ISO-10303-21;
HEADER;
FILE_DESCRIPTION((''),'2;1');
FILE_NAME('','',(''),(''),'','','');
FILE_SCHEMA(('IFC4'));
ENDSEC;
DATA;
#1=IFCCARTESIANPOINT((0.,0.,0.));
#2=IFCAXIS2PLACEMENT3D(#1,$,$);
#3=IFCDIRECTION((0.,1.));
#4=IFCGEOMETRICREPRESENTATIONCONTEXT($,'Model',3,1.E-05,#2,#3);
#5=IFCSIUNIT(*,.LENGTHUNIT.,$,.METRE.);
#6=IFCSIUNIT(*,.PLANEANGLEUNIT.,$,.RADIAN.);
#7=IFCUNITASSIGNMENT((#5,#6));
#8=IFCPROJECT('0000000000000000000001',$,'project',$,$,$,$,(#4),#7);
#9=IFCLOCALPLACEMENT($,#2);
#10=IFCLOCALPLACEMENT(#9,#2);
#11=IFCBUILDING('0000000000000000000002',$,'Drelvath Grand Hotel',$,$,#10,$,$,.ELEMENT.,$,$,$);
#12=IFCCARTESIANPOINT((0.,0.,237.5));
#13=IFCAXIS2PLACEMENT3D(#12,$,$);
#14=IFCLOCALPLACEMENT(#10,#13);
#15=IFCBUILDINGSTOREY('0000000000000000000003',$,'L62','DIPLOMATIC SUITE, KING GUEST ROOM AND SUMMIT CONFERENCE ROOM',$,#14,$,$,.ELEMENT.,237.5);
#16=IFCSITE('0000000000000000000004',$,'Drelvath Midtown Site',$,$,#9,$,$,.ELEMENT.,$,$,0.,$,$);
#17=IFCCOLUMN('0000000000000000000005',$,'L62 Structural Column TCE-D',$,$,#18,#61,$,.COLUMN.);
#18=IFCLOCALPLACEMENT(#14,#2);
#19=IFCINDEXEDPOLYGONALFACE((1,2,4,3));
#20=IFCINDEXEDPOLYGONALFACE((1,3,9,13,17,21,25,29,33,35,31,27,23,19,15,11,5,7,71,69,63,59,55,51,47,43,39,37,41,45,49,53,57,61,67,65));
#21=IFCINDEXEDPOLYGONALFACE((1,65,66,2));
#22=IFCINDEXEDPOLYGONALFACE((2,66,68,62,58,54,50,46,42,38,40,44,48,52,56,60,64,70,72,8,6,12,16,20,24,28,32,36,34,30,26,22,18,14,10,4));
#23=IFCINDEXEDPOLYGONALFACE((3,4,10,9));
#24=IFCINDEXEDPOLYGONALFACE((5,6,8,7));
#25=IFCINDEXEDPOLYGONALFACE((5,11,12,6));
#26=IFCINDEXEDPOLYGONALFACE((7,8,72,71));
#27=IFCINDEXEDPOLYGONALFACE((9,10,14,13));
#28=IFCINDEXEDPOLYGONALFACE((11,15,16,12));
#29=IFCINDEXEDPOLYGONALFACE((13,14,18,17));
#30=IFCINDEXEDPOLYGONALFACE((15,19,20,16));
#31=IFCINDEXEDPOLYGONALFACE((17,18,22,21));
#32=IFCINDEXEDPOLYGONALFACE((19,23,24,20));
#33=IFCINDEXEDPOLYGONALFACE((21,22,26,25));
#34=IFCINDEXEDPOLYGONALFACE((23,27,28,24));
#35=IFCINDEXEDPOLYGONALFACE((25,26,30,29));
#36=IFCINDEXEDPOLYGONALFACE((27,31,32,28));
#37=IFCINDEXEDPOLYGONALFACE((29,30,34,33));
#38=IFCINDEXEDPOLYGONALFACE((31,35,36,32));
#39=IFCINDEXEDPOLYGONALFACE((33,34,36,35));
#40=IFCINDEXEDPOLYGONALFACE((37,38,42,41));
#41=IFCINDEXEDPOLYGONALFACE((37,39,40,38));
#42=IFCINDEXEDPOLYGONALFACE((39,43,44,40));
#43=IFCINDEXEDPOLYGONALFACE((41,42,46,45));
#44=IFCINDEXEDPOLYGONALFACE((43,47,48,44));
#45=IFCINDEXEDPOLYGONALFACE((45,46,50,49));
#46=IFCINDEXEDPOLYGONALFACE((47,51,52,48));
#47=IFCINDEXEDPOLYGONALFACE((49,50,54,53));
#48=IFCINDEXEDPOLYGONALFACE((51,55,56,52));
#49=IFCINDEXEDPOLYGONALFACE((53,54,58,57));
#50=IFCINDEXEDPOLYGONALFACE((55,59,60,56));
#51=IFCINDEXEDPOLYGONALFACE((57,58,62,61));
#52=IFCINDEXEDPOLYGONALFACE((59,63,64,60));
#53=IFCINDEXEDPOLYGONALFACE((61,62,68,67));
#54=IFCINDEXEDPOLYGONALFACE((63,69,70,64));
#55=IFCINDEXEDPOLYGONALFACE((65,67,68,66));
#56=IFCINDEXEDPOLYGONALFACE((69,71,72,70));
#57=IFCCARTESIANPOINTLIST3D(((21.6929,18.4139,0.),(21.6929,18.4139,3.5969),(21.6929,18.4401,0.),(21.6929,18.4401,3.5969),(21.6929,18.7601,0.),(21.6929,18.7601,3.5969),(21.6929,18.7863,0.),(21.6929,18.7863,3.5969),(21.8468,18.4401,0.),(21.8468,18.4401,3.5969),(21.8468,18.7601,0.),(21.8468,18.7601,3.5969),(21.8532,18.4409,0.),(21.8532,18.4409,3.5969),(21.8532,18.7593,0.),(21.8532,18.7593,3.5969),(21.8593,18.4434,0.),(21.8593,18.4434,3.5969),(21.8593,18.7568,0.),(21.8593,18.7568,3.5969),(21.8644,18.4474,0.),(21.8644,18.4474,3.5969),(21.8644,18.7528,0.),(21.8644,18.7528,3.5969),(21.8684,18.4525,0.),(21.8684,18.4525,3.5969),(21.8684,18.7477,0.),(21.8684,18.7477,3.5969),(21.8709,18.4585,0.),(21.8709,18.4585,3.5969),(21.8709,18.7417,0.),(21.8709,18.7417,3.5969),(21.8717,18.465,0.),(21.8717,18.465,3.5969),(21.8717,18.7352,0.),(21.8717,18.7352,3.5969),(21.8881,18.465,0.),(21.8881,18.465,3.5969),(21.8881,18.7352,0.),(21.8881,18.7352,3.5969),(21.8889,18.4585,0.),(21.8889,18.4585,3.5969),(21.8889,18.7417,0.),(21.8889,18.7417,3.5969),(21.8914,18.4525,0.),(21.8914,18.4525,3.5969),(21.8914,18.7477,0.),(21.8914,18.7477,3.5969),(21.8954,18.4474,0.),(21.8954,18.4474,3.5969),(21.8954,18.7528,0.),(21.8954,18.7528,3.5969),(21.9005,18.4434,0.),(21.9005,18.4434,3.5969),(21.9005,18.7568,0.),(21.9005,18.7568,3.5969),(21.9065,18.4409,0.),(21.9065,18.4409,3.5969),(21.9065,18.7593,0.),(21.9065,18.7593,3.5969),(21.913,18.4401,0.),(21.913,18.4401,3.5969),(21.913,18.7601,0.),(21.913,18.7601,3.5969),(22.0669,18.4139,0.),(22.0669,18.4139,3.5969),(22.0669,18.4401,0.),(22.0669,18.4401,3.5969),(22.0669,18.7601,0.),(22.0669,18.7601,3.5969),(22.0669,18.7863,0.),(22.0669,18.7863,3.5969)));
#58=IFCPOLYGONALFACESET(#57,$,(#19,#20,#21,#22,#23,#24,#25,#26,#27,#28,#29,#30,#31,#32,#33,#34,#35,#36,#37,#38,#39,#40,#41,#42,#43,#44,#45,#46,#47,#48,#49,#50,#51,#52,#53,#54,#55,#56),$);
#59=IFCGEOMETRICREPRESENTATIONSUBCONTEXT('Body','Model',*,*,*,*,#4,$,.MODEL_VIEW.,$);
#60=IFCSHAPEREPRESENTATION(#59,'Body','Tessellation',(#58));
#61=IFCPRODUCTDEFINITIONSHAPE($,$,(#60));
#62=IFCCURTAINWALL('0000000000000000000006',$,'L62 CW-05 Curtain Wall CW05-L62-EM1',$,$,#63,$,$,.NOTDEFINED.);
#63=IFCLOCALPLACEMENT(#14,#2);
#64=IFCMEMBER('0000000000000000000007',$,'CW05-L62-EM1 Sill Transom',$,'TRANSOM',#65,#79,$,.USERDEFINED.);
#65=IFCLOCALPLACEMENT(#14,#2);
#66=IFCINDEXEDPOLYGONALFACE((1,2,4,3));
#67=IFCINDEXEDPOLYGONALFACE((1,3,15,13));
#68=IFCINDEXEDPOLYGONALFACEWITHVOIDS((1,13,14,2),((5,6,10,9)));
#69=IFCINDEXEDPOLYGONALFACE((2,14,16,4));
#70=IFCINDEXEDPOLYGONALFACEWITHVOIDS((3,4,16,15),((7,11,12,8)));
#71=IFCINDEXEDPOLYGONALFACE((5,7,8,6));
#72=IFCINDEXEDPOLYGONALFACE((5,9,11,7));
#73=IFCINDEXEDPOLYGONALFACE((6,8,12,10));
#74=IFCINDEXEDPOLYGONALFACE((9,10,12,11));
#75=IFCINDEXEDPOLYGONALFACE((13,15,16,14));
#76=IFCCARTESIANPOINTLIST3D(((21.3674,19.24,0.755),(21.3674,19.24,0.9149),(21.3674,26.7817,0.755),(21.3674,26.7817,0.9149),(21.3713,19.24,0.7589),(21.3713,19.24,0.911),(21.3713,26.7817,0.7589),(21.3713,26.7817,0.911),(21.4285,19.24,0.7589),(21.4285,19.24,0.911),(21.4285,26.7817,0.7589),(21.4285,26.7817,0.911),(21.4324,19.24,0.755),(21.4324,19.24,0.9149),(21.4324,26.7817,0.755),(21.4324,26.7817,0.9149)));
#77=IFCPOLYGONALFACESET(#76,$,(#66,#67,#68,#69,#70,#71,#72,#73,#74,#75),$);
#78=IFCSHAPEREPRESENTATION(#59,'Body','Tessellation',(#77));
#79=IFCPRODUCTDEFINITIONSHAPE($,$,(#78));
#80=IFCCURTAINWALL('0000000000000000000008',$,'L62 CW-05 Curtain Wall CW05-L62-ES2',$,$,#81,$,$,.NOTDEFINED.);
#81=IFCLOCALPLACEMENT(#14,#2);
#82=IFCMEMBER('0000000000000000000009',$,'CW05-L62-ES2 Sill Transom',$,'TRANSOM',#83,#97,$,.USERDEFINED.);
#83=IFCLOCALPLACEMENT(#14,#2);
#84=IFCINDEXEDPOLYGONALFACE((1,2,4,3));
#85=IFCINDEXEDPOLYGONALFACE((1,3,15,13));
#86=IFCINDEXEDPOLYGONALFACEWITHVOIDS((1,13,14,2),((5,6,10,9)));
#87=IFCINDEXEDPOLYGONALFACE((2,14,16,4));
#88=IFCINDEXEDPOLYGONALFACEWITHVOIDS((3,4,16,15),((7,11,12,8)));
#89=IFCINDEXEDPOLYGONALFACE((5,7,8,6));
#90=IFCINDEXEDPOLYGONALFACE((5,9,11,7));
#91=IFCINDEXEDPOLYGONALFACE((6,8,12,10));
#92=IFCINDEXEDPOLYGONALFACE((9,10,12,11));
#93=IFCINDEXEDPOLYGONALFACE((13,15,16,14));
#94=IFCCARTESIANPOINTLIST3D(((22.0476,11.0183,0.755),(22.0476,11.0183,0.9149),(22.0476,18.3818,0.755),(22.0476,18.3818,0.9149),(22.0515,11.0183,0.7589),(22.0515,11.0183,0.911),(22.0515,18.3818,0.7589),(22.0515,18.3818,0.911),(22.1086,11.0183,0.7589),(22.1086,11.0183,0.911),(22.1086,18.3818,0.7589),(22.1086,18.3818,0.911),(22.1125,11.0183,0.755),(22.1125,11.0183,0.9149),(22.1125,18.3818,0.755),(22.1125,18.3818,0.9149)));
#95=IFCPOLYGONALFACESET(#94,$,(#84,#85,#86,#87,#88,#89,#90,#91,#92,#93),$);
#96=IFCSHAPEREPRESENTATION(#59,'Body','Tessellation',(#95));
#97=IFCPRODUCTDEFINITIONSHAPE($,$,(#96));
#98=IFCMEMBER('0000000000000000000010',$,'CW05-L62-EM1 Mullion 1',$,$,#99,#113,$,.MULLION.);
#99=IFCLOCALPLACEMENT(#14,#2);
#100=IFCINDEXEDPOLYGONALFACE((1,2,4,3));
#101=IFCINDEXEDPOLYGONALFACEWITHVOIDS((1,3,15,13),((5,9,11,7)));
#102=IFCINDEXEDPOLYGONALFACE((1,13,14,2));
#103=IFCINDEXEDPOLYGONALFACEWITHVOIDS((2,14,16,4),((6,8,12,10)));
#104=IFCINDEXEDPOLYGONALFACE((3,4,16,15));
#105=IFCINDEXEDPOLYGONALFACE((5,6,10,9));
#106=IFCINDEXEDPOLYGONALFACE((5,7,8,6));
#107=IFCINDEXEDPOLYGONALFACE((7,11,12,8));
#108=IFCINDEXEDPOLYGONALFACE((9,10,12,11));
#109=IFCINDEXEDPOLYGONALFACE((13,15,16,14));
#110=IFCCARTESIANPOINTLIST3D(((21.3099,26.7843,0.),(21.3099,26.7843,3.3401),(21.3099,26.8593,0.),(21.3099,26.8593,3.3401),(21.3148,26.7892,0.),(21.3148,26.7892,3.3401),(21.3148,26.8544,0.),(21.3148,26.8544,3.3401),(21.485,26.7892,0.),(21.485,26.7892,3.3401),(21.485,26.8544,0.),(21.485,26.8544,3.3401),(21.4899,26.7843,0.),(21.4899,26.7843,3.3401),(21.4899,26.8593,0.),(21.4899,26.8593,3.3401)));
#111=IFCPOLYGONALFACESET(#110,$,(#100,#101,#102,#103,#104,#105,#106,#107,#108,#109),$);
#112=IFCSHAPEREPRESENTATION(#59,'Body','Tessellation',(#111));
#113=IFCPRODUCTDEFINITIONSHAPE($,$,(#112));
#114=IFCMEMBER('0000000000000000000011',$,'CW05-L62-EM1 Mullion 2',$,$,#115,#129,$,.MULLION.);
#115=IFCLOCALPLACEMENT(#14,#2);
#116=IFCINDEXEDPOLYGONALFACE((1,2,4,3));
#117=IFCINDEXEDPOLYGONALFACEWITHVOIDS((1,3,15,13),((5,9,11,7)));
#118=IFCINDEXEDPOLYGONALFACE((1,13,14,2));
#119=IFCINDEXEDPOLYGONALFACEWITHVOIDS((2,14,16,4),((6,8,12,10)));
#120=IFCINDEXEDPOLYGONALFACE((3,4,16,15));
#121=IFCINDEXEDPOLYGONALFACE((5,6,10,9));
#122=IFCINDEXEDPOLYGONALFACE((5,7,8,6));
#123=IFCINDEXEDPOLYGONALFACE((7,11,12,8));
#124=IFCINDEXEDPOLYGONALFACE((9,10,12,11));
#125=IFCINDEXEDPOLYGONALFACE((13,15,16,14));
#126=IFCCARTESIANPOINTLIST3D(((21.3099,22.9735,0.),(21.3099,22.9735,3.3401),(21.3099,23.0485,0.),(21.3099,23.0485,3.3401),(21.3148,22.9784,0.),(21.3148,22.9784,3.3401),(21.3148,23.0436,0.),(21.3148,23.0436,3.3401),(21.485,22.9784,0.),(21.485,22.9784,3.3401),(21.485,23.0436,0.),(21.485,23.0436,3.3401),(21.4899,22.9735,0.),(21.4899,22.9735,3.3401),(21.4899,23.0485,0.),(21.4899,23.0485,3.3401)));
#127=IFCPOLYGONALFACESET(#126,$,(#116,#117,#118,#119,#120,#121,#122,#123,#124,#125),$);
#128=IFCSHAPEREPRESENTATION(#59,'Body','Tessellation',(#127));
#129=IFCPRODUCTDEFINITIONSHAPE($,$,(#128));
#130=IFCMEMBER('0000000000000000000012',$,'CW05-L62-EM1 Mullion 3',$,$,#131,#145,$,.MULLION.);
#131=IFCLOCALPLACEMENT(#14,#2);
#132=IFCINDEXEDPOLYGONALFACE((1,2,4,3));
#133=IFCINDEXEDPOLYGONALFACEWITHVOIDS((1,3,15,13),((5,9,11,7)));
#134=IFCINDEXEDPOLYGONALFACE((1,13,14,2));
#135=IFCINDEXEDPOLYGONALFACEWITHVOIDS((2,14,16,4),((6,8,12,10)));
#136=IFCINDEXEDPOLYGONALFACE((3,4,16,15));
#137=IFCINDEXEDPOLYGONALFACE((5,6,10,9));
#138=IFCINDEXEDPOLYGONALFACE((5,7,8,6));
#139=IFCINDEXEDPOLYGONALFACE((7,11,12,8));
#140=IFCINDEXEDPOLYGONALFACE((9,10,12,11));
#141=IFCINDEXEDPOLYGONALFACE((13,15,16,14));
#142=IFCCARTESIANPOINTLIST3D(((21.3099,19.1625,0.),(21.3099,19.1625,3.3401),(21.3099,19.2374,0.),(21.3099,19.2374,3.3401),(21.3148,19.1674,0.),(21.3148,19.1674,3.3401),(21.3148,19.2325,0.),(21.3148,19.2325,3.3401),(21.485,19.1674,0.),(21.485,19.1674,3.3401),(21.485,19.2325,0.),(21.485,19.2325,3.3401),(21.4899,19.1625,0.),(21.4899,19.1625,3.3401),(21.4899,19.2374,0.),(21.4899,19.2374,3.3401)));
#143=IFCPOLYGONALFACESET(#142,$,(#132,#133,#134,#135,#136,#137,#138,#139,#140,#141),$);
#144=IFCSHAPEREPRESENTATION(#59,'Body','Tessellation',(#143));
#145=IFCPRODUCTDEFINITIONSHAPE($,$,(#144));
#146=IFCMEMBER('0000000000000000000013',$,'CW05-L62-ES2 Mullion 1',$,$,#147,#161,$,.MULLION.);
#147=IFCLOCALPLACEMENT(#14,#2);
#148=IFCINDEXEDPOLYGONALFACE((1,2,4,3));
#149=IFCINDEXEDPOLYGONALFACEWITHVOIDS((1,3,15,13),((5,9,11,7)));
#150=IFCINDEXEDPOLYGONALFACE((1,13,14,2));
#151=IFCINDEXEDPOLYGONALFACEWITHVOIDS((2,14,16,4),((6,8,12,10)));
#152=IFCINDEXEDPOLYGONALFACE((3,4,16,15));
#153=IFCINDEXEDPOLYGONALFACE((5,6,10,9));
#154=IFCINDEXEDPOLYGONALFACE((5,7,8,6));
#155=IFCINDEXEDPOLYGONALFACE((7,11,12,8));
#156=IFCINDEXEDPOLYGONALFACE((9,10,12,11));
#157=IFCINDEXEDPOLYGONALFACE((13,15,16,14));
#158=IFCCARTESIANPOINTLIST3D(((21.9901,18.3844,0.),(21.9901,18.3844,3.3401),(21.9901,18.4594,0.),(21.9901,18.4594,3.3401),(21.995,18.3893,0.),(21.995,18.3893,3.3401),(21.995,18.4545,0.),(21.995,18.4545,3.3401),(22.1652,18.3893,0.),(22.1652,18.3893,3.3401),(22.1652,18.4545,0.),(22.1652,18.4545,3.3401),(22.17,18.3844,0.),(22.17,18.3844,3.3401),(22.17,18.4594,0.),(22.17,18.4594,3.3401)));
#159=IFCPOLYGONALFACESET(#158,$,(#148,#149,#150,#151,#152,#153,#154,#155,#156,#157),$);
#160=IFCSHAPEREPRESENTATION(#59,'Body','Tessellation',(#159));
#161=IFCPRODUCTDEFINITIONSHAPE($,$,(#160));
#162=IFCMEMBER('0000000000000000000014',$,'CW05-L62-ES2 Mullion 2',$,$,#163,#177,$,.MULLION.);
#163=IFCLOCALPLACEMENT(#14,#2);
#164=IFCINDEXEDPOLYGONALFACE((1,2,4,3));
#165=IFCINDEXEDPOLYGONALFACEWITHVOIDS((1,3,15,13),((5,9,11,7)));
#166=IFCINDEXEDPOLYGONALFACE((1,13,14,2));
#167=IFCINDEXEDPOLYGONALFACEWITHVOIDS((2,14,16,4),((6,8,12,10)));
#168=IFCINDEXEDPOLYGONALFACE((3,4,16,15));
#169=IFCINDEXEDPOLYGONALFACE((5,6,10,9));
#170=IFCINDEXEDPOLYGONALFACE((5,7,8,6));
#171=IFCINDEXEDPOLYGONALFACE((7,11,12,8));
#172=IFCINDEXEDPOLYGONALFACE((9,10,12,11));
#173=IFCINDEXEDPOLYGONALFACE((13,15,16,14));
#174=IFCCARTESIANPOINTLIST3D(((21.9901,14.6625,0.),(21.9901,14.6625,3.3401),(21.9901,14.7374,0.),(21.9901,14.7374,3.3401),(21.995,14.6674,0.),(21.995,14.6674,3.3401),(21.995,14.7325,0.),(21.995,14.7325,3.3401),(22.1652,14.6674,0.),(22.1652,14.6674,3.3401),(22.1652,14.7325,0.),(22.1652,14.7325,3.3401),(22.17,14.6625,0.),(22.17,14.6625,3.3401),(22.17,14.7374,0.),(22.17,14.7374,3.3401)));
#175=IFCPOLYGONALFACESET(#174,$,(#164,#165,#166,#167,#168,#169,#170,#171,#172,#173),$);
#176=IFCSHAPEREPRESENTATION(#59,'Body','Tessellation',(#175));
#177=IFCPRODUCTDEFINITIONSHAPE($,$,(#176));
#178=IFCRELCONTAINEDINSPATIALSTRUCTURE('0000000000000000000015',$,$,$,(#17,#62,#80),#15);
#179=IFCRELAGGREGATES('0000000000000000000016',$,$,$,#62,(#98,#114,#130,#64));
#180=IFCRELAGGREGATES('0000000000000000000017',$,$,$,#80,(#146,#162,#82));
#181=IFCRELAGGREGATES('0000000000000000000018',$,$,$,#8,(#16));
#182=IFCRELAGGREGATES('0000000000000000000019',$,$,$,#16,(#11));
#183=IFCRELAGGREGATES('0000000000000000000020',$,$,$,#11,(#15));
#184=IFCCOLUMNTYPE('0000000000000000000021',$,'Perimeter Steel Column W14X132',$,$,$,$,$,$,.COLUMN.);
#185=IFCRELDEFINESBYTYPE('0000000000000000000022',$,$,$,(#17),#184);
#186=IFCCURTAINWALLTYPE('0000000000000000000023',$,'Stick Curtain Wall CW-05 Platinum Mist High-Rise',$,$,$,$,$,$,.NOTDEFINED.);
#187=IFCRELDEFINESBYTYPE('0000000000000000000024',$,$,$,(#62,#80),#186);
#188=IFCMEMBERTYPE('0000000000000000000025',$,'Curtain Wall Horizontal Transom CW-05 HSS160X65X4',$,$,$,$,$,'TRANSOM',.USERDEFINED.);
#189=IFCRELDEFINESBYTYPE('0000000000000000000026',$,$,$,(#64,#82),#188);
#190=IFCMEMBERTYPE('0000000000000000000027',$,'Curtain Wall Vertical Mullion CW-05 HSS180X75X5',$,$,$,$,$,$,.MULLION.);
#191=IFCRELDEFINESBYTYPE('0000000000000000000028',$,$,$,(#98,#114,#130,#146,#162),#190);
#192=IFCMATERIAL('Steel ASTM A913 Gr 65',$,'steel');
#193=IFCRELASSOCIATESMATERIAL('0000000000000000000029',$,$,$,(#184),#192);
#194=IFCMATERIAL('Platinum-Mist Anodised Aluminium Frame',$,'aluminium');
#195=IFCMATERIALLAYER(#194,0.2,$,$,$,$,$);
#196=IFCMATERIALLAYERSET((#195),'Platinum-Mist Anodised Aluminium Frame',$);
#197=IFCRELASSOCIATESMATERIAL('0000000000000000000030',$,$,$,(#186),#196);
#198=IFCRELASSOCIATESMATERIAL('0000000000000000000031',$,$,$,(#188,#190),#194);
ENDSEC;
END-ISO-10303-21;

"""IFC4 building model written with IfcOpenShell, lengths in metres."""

from ifc_helpers import new_model, si_unit, direction, frame, origin, origin_2d, place, context, subcontext, project, spatial, hollow_rectangle, i_section, extrude, material, layer, layer_set, material_profile, profile_set, type_object, element, aggregate, save


model = new_model("IFC4")

# Units and contexts
model_context = context("Model", 3, precision=1e-05, world=origin(), true_north=direction((0.0, 1.0)))
body_context = subcontext(model_context, "Body", "Model", "MODEL_VIEW")
ifc_project = project(units=[si_unit("LENGTHUNIT", "METRE"), si_unit("PLANEANGLEUNIT", "RADIAN")], contexts=[model_context])

# Site, building, storey
site_placement = place(None, origin())
site = spatial("IfcSite", under=ifc_project, at=site_placement, Name="Drelvath Midtown Site", CompositionType="ELEMENT", RefElevation=0.0)
building_placement = place(site_placement, origin())
building = spatial("IfcBuilding", under=site, at=building_placement, Name="Drelvath Grand Hotel", CompositionType="ELEMENT")
storey_placement = place(building_placement, frame((0.0, 0.0, 237.5)))
storey = spatial("IfcBuildingStorey", under=building, at=storey_placement, Name="L62", Description="DIPLOMATIC SUITE, KING GUEST ROOM AND SUMMIT CONFERENCE ROOM", CompositionType="ELEMENT", Elevation=237.5)

# Column
ifc_material_1 = material(Name="Steel ASTM A913 Gr 65", Category="steel")
ifc_material_profile_1 = material_profile(ifc_material_1, i_section(OverallWidth=0.374, OverallDepth=0.3723, WebThickness=0.0164, FlangeThickness=0.0261, FilletRadius=0.0249, at=origin_2d()), Name="W14X132")
ifc_profile_set_1 = profile_set([ifc_material_profile_1], Name="Steel ASTM A913 Gr 65")
column_type = type_object("IfcColumnType", Name="Perimeter Steel Column W14X132", PredefinedType="COLUMN", material=ifc_profile_set_1)
column_placement = place(storey_placement, frame((21.8799, 18.6001, 0.0), z_axis=(0.0, 0.0, 1.0), x_axis=(1.0, 0.0, 0.0)))
element("IfcColumn", 1, at=column_placement, inside=storey, type_object=column_type, Name="L62 Structural Column TCE-D", PredefinedType="COLUMN", context=body_context, shape_type="SweptSolid", body=[
    extrude(i_section(OverallWidth=0.374, OverallDepth=0.3723, WebThickness=0.0164, FlangeThickness=0.0261, FilletRadius=0.0249, at=origin_2d()), origin(), (0.0, 0.0, 1.0), 3.5969),
])

# Curtain walls, members
ifc_material_2 = material(Name="Platinum-Mist Anodised Aluminium Frame", Category="aluminium")
ifc_layer_1 = layer(ifc_material_2, 0.2)
ifc_layer_set_1 = layer_set([ifc_layer_1], Name="Platinum-Mist Anodised Aluminium Frame")
curtain_wall_type = type_object("IfcCurtainWallType", Name="Stick Curtain Wall CW-05 Platinum Mist High-Rise", PredefinedType="NOTDEFINED", material=ifc_layer_set_1)
curtain_wall_1_placement = place(storey_placement, origin())
curtain_wall_1 = element("IfcCurtainWall", 2, at=curtain_wall_1_placement, inside=storey, type_object=curtain_wall_type, Name="L62 CW-05 Curtain Wall CW05-L62-EM1", PredefinedType="NOTDEFINED")
ifc_material_profile_2 = material_profile(ifc_material_2, hollow_rectangle(XDim=0.0649, YDim=0.1599, WallThickness=0.0039, at=origin_2d()), Name="HSS160X65X4")
ifc_profile_set_2 = profile_set([ifc_material_profile_2], Name="Platinum-Mist Anodised Aluminium Frame")
member_type_1 = type_object("IfcMemberType", Name="Curtain Wall Horizontal Transom CW-05 HSS160X65X4", ElementType="TRANSOM", PredefinedType="USERDEFINED", material=ifc_profile_set_2)
member_1_placement = place(storey_placement, frame((21.3999, 26.7817, 0.835), z_axis=(0.0, -1.0, 0.0), x_axis=(1.0, 0.0, 0.0)))
member_1 = element("IfcMember", 3, at=member_1_placement, type_object=member_type_1, Name="CW05-L62-EM1 Sill Transom", ObjectType="TRANSOM", PredefinedType="USERDEFINED", context=body_context, shape_type="SweptSolid", body=[
    extrude(hollow_rectangle(XDim=0.0649, YDim=0.1599, WallThickness=0.0039, at=origin_2d()), origin(), (0.0, 0.0, 1.0), 7.5417),
])
curtain_wall_2_placement = place(storey_placement, origin())
curtain_wall_2 = element("IfcCurtainWall", 4, at=curtain_wall_2_placement, inside=storey, type_object=curtain_wall_type, Name="L62 CW-05 Curtain Wall CW05-L62-ES2", PredefinedType="NOTDEFINED")
member_2_placement = place(storey_placement, frame((22.0801, 18.3818, 0.835), z_axis=(0.0, -1.0, 0.0), x_axis=(1.0, 0.0, 0.0)))
member_2 = element("IfcMember", 5, at=member_2_placement, type_object=member_type_1, Name="CW05-L62-ES2 Sill Transom", ObjectType="TRANSOM", PredefinedType="USERDEFINED", context=body_context, shape_type="SweptSolid", body=[
    extrude(hollow_rectangle(XDim=0.0649, YDim=0.1599, WallThickness=0.0039, at=origin_2d()), origin(), (0.0, 0.0, 1.0), 7.3635),
])

# Members
ifc_material_profile_3 = material_profile(ifc_material_2, hollow_rectangle(XDim=0.075, YDim=0.1799, WallThickness=0.0049, at=origin_2d()), Name="HSS180X75X5")
ifc_profile_set_3 = profile_set([ifc_material_profile_3], Name="Platinum-Mist Anodised Aluminium Frame")
member_type_2 = type_object("IfcMemberType", Name="Curtain Wall Vertical Mullion CW-05 HSS180X75X5", PredefinedType="MULLION", material=ifc_profile_set_3)
member_3_placement = place(storey_placement, frame((21.3999, 26.8218, 0.0), z_axis=(0.0, 0.0, 1.0), x_axis=(0.0, 1.0, 0.0)))
member_3 = element("IfcMember", 6, at=member_3_placement, type_object=member_type_2, Name="CW05-L62-EM1 Mullion 1", PredefinedType="MULLION", context=body_context, shape_type="SweptSolid", body=[
    extrude(hollow_rectangle(XDim=0.075, YDim=0.1799, WallThickness=0.0049, at=origin_2d()), origin(), (0.0, 0.0, 1.0), 3.3401),
])
member_4_placement = place(storey_placement, frame((21.3999, 23.011, 0.0), z_axis=(0.0, 0.0, 1.0), x_axis=(0.0, 1.0, 0.0)))
member_4 = element("IfcMember", 7, at=member_4_placement, type_object=member_type_2, Name="CW05-L62-EM1 Mullion 2", PredefinedType="MULLION", context=body_context, shape_type="SweptSolid", body=[
    extrude(hollow_rectangle(XDim=0.075, YDim=0.1799, WallThickness=0.0049, at=origin_2d()), origin(), (0.0, 0.0, 1.0), 3.3401),
])
member_5_placement = place(storey_placement, frame((21.3999, 19.2, 0.0), z_axis=(0.0, 0.0, 1.0), x_axis=(0.0, 1.0, 0.0)))
member_5 = element("IfcMember", 8, at=member_5_placement, type_object=member_type_2, Name="CW05-L62-EM1 Mullion 3", PredefinedType="MULLION", context=body_context, shape_type="SweptSolid", body=[
    extrude(hollow_rectangle(XDim=0.075, YDim=0.1799, WallThickness=0.0049, at=origin_2d()), origin(), (0.0, 0.0, 1.0), 3.3401),
])
member_6_placement = place(storey_placement, frame((22.0801, 18.4219, 0.0), z_axis=(0.0, 0.0, 1.0), x_axis=(0.0, 1.0, 0.0)))
member_6 = element("IfcMember", 9, at=member_6_placement, type_object=member_type_2, Name="CW05-L62-ES2 Mullion 1", PredefinedType="MULLION", context=body_context, shape_type="SweptSolid", body=[
    extrude(hollow_rectangle(XDim=0.075, YDim=0.1799, WallThickness=0.0049, at=origin_2d()), origin(), (0.0, 0.0, 1.0), 3.3401),
])
member_7_placement = place(storey_placement, frame((22.0801, 14.7, 0.0), z_axis=(0.0, 0.0, 1.0), x_axis=(0.0, 1.0, 0.0)))
member_7 = element("IfcMember", 10, at=member_7_placement, type_object=member_type_2, Name="CW05-L62-ES2 Mullion 2", PredefinedType="MULLION", context=body_context, shape_type="SweptSolid", body=[
    extrude(hollow_rectangle(XDim=0.075, YDim=0.1799, WallThickness=0.0049, at=origin_2d()), origin(), (0.0, 0.0, 1.0), 3.3401),
])

aggregate(curtain_wall_1, [member_3, member_4, member_5, member_1])
aggregate(curtain_wall_2, [member_6, member_7, member_2])

save(model, "model.ifc")
